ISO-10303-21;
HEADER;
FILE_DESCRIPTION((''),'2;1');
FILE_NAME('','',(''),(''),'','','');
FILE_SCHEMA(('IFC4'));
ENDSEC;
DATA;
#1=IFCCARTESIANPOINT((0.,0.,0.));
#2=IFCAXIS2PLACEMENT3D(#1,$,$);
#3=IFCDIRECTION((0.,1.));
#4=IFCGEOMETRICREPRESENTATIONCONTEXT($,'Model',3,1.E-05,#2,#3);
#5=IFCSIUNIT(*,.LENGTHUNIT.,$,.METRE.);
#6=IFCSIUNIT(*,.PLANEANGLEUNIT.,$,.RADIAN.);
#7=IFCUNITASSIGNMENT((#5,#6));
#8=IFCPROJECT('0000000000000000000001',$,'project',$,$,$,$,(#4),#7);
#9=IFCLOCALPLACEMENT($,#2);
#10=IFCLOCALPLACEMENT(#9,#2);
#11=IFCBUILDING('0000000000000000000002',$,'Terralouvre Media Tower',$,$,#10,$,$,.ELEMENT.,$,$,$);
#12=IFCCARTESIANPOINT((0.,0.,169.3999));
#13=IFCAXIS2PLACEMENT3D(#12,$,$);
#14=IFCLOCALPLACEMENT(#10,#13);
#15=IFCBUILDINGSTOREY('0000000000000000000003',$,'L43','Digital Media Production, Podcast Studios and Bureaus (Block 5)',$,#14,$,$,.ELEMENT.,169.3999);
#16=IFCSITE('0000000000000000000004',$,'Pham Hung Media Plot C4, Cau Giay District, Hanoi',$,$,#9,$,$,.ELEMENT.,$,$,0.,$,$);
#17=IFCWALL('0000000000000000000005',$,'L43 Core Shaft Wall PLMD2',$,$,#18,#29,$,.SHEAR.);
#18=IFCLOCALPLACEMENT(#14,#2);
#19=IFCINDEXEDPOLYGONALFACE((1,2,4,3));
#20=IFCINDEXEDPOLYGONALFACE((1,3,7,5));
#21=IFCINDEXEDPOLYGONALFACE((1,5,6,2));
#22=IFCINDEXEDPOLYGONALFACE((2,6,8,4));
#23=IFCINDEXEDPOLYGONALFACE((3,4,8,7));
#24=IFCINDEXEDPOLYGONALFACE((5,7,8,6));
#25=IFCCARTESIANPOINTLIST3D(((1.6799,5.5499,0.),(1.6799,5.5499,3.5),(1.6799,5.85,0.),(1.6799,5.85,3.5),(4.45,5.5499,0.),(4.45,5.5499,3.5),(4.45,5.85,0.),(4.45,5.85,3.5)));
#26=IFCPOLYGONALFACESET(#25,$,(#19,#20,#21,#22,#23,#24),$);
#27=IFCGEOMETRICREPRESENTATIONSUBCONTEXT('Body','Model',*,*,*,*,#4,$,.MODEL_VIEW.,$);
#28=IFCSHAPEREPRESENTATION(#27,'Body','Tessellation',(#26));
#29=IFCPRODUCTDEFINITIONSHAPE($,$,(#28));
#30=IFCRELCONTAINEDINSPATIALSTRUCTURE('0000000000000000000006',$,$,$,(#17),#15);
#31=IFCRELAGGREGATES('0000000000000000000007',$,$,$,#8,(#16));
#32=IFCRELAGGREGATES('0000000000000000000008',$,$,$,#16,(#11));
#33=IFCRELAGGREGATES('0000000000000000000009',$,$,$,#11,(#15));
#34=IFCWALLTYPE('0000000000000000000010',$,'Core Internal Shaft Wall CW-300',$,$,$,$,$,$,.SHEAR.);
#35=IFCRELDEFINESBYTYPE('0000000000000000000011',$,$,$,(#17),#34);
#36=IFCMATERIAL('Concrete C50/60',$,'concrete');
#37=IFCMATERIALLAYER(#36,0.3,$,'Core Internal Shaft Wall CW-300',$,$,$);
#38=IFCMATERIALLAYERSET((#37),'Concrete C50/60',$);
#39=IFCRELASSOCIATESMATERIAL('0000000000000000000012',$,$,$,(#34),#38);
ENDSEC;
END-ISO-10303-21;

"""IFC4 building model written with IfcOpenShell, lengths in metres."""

from ifc_helpers import new_model, si_unit, direction, frame, frame_2d, origin, place, context, subcontext, project, spatial, rectangle, extrude, material, layer, layer_set, type_object, element, save


model = new_model("IFC4")

# Units and contexts
model_context = context("Model", 3, precision=1e-05, world=origin(), true_north=direction((0.0, 1.0)))
body_context = subcontext(model_context, "Body", "Model", "MODEL_VIEW")
ifc_project = project(units=[si_unit("LENGTHUNIT", "METRE"), si_unit("PLANEANGLEUNIT", "RADIAN")], contexts=[model_context])

# Site, building, storey
site_placement = place(None, origin())
site = spatial("IfcSite", under=ifc_project, at=site_placement, Name="Pham Hung Media Plot C4, Cau Giay District, Hanoi", CompositionType="ELEMENT", RefElevation=0.0)
building_placement = place(site_placement, origin())
building = spatial("IfcBuilding", under=site, at=building_placement, Name="Terralouvre Media Tower", CompositionType="ELEMENT")
storey_placement = place(building_placement, frame((0.0, 0.0, 169.3999)))
storey = spatial("IfcBuildingStorey", under=building, at=storey_placement, Name="L43", Description="Digital Media Production, Podcast Studios and Bureaus (Block 5)", CompositionType="ELEMENT", Elevation=169.3999)

# Shared definitions
ifc_material_1 = material(Name="Concrete C50/60", Category="concrete")
ifc_layer_1 = layer(ifc_material_1, 0.3, Name="Core Internal Shaft Wall CW-300")
ifc_layer_set_1 = layer_set([ifc_layer_1], Name="Concrete C50/60")
wall_type = type_object("IfcWallType", Name="Core Internal Shaft Wall CW-300", PredefinedType="SHEAR", material=ifc_layer_set_1)

# Wall
for number, where, z_axis, x_axis, name in (
    (1, (1.6799, 5.7, 0.0), (0.0, 0.0, 1.0), (1.0, 0.0, 0.0), "L43 Core Shaft Wall PLMD2"),
):
    element("IfcWall", number, at=place(storey_placement, frame(where, z_axis=z_axis, x_axis=x_axis)), inside=storey, type_object=wall_type, Name=name, PredefinedType="SHEAR", context=body_context, shape_type="SweptSolid", body=[
        extrude(rectangle(XDim=2.77, YDim=0.3, at=frame_2d((1.385, 0.0))), origin(), (0.0, 0.0, 1.0), 3.5),
    ])

save(model, "model.ifc")
